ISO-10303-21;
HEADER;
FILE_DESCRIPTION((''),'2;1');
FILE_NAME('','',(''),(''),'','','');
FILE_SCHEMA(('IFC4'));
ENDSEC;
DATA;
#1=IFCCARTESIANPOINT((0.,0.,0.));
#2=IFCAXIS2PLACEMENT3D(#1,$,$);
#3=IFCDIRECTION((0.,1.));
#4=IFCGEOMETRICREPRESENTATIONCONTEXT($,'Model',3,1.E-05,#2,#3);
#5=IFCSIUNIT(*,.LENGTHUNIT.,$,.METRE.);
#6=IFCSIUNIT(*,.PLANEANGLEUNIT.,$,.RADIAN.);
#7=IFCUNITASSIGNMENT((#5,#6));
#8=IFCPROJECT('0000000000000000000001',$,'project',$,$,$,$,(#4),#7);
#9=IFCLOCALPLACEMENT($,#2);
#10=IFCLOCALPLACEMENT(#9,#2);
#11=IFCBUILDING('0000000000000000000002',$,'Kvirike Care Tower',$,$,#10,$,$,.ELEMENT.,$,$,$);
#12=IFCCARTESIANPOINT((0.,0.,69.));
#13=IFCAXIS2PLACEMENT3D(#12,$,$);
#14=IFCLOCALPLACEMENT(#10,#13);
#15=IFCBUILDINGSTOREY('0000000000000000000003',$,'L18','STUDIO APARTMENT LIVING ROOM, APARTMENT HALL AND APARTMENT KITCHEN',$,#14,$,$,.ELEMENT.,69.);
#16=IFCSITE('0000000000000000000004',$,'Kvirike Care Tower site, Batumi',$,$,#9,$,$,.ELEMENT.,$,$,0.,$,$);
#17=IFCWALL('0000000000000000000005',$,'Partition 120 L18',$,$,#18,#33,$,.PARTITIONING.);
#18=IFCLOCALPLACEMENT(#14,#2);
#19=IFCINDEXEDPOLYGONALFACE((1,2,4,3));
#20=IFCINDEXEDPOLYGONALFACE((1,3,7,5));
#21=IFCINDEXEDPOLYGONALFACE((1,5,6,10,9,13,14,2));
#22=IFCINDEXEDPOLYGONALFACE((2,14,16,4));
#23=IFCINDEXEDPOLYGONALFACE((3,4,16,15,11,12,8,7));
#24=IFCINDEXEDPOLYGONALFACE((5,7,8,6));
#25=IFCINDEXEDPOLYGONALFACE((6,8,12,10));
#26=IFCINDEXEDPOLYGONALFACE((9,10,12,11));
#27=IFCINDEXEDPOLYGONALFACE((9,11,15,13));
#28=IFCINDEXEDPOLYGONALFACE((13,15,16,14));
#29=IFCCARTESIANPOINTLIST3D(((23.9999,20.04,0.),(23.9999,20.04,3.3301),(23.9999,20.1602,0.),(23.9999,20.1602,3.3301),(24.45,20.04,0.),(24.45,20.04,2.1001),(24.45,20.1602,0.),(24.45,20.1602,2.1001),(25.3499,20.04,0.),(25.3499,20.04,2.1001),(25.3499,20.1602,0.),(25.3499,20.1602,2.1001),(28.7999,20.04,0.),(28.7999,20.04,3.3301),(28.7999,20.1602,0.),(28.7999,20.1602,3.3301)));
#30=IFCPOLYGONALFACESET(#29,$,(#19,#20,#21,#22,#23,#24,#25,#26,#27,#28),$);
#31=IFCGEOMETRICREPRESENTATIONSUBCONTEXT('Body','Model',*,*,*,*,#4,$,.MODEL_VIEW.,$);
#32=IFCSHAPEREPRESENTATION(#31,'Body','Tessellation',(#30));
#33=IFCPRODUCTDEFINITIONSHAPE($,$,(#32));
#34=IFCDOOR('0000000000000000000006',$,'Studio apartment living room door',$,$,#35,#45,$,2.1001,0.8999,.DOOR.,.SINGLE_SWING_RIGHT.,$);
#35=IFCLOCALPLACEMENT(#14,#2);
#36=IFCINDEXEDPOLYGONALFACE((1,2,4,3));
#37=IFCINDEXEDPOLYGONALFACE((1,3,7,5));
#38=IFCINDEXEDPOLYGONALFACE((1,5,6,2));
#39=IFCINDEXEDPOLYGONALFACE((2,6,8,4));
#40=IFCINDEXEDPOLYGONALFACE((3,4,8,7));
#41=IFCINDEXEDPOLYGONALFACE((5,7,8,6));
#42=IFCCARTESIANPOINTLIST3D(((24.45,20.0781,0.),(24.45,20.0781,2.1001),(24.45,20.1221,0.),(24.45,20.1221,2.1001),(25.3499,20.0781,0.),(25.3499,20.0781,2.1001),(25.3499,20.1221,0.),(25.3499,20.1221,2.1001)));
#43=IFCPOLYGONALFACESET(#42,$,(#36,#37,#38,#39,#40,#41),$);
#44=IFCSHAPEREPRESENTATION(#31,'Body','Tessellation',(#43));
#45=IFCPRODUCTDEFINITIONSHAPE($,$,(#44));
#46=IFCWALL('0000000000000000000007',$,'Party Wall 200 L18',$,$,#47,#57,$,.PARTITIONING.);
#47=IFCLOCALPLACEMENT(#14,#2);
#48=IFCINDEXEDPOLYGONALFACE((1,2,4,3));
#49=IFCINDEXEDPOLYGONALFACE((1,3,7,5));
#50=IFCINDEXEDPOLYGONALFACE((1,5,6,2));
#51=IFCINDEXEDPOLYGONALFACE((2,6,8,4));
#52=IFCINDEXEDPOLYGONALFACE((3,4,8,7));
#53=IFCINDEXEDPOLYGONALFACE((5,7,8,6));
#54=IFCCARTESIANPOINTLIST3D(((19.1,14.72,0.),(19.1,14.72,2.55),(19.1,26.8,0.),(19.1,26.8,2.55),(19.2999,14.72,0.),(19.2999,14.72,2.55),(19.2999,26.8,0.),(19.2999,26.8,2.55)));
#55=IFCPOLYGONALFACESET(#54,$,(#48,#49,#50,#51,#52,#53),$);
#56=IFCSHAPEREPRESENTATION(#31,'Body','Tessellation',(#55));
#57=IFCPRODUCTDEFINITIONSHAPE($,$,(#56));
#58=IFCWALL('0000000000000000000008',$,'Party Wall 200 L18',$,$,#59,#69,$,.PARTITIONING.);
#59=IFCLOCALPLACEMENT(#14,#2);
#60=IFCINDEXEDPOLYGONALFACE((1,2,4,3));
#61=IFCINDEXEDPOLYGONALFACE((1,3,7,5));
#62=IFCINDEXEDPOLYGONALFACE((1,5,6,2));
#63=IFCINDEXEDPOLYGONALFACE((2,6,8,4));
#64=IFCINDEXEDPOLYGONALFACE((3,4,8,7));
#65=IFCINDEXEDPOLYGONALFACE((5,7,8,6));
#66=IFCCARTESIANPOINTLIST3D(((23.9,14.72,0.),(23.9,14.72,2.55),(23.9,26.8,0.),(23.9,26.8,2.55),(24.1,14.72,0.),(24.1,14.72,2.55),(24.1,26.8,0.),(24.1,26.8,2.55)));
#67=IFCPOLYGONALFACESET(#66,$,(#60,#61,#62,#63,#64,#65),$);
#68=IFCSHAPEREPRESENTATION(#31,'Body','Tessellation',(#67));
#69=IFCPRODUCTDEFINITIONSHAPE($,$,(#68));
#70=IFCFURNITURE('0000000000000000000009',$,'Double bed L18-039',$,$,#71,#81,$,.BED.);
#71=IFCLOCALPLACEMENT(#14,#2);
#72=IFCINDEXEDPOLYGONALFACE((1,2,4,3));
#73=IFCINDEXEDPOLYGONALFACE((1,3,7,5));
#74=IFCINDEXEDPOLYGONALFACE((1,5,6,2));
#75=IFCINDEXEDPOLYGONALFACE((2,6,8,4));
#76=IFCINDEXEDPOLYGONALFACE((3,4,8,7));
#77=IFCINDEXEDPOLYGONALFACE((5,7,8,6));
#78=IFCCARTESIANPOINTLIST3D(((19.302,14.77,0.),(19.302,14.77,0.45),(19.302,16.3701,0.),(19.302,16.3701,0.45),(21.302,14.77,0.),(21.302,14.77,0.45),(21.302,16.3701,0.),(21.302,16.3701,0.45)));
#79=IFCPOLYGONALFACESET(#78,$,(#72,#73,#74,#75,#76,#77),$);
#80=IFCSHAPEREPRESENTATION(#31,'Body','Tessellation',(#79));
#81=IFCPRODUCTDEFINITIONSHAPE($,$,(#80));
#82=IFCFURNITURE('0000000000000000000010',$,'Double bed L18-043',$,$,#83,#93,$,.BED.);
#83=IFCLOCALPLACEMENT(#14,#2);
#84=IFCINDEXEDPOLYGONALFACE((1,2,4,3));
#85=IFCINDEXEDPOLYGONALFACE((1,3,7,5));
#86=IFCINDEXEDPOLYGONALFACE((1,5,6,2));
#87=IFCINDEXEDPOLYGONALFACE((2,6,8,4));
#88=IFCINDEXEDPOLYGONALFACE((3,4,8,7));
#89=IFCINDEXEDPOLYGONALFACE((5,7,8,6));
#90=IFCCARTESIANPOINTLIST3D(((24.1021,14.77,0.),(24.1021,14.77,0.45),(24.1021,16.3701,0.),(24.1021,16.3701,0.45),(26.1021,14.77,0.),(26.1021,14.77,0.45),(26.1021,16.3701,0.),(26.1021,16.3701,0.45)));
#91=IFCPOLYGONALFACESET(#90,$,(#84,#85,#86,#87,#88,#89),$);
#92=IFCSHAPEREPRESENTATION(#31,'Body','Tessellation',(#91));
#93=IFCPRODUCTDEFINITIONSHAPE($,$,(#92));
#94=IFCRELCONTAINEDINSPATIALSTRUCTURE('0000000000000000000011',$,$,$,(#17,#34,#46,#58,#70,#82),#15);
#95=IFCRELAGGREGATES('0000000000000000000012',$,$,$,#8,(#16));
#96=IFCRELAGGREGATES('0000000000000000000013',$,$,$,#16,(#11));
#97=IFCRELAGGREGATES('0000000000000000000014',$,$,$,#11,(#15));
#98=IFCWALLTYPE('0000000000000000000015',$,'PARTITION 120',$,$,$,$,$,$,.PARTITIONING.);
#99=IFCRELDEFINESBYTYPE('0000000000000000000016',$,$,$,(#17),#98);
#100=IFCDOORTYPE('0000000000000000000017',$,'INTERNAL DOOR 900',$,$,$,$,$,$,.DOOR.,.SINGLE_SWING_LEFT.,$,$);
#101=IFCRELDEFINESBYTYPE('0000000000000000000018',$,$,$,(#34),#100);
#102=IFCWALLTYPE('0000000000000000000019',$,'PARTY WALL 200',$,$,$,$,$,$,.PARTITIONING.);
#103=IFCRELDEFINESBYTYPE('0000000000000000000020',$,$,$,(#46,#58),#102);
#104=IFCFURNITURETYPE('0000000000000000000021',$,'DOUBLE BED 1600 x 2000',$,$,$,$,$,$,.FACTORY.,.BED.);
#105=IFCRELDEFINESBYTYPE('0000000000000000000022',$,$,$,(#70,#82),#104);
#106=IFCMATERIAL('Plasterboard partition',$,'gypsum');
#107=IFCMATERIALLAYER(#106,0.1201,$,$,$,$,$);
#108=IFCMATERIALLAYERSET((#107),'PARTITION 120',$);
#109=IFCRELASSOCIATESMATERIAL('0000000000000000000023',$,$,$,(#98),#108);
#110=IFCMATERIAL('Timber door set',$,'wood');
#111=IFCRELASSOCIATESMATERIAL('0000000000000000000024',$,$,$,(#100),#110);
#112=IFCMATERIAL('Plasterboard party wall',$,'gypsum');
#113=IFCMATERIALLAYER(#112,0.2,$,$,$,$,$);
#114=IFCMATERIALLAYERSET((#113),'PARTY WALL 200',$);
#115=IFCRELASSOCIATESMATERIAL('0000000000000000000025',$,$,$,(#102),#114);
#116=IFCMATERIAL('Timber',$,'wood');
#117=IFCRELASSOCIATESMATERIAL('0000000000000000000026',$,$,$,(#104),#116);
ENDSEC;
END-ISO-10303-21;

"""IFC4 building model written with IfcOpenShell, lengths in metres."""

from ifc_helpers import new_model, si_unit, direction, frame, frame_2d, origin, origin_2d, place, context, subcontext, project, spatial, rectangle, extrude, material, layer, layer_set, type_object, element, fill, save


model = new_model("IFC4")

# Units and contexts
model_context = context("Model", 3, precision=1e-05, world=origin(), true_north=direction((0.0, 1.0)))
body_context = subcontext(model_context, "Body", "Model", "MODEL_VIEW")
ifc_project = project(units=[si_unit("LENGTHUNIT", "METRE"), si_unit("PLANEANGLEUNIT", "RADIAN")], contexts=[model_context])

# Site, building, storey
site_placement = place(None, origin())
site = spatial("IfcSite", under=ifc_project, at=site_placement, Name="Kvirike Care Tower site, Batumi", CompositionType="ELEMENT", RefElevation=0.0)
building_placement = place(site_placement, origin())
building = spatial("IfcBuilding", under=site, at=building_placement, Name="Kvirike Care Tower", CompositionType="ELEMENT")
storey_placement = place(building_placement, frame((0.0, 0.0, 69.0)))
storey = spatial("IfcBuildingStorey", under=building, at=storey_placement, Name="L18", Description="STUDIO APARTMENT LIVING ROOM, APARTMENT HALL AND APARTMENT KITCHEN", CompositionType="ELEMENT", Elevation=69.0)

# Wall, opening, door
ifc_material_1 = material(Name="Plasterboard partition", Category="gypsum")
ifc_layer_1 = layer(ifc_material_1, 0.1201)
ifc_layer_set_1 = layer_set([ifc_layer_1], Name="PARTITION 120")
wall_type_1 = type_object("IfcWallType", Name="PARTITION 120", PredefinedType="PARTITIONING", material=ifc_layer_set_1)
ifc_material_2 = material(Name="Timber door set", Category="wood")
door_type = type_object("IfcDoorType", Name="INTERNAL DOOR 900", OperationType="SINGLE_SWING_LEFT", PredefinedType="DOOR", material=ifc_material_2)
wall_1_placement = place(storey_placement, frame((24.0, 20.1001, 0.0), z_axis=(0.0, 0.0, 1.0), x_axis=(1.0, 0.0, 0.0)))
wall_1 = element("IfcWall", 1, at=wall_1_placement, inside=storey, type_object=wall_type_1, Name="Partition 120 L18", PredefinedType="PARTITIONING", context=body_context, shape_type="SweptSolid", body=[
    extrude(rectangle(XDim=4.8, YDim=0.1201, at=frame_2d((2.3999, 0.0))), origin(), (0.0, 0.0, 1.0), 3.3301),
])
opening_1_placement = place(wall_1_placement, frame((0.45, 0.0, 0.0)))
opening_1 = element("IfcOpeningElement", 2, at=opening_1_placement, cuts=wall_1, PredefinedType="OPENING", context=body_context, shape_type="SweptSolid", body=[
    extrude(rectangle(XDim=0.8999, YDim=2.1001, at=frame_2d((0.45, 1.05))), frame((0.0, 0.0706, 0.0), z_axis=(0.0, -1.0, 0.0), x_axis=(1.0, 0.0, 0.0)), (0.0, 0.0, 1.0), 0.1411),
])
door_1_placement = place(opening_1_placement, origin())
door_1 = element("IfcDoor", 3, at=door_1_placement, inside=storey, type_object=door_type, Name="Studio apartment living room door", OperationType="SINGLE_SWING_RIGHT", OverallHeight=2.1001, OverallWidth=0.8999, PredefinedType="DOOR", context=body_context, shape_type="SweptSolid", body=[
    extrude(rectangle(XDim=0.8999, YDim=2.1001, at=frame_2d((0.45, 1.05))), frame((0.0, 0.022, 0.0), z_axis=(0.0, -1.0, 0.0), x_axis=(1.0, 0.0, 0.0)), (0.0, 0.0, 1.0), 0.0439),
])
fill(opening_1, door_1)

# Walls
ifc_material_3 = material(Name="Plasterboard party wall", Category="gypsum")
ifc_layer_2 = layer(ifc_material_3, 0.2)
ifc_layer_set_2 = layer_set([ifc_layer_2], Name="PARTY WALL 200")
wall_type_2 = type_object("IfcWallType", Name="PARTY WALL 200", PredefinedType="PARTITIONING", material=ifc_layer_set_2)
for number, where, z_axis, x_axis, name in (
    (4, (19.2, 14.72, 0.0), (0.0, 0.0, 1.0), (0.0, 1.0, 0.0), "Party Wall 200 L18"),
    (5, (24.0, 14.72, 0.0), (0.0, 0.0, 1.0), (0.0, 1.0, 0.0), "Party Wall 200 L18"),
):
    element("IfcWall", number, at=place(storey_placement, frame(where, z_axis=z_axis, x_axis=x_axis)), inside=storey, type_object=wall_type_2, Name=name, PredefinedType="PARTITIONING", context=body_context, shape_type="SweptSolid", body=[
        extrude(rectangle(XDim=12.0801, YDim=0.2, at=frame_2d((6.04, 0.0))), origin(), (0.0, 0.0, 1.0), 2.55),
    ])

# Furniture
ifc_material_4 = material(Name="Timber", Category="wood")
furniture_type = type_object("IfcFurnitureType", Name="DOUBLE BED 1600 x 2000", AssemblyPlace="FACTORY", PredefinedType="BED", material=ifc_material_4)
for number, where, z_axis, x_axis, name in (
    (6, (20.302, 15.5701, 0.0), (0.0, 0.0, 1.0), (0.0, 1.0, 0.0), "Double bed L18-039"),
    (7, (25.1021, 15.5701, 0.0), (0.0, 0.0, 1.0), (0.0, 1.0, 0.0), "Double bed L18-043"),
):
    element("IfcFurniture", number, at=place(storey_placement, frame(where, z_axis=z_axis, x_axis=x_axis)), inside=storey, type_object=furniture_type, Name=name, PredefinedType="BED", context=body_context, shape_type="SweptSolid", body=[
        extrude(rectangle(XDim=1.6001, YDim=2.0, at=origin_2d()), origin(), (0.0, 0.0, 1.0), 0.45),
    ])

save(model, "model.ifc")
